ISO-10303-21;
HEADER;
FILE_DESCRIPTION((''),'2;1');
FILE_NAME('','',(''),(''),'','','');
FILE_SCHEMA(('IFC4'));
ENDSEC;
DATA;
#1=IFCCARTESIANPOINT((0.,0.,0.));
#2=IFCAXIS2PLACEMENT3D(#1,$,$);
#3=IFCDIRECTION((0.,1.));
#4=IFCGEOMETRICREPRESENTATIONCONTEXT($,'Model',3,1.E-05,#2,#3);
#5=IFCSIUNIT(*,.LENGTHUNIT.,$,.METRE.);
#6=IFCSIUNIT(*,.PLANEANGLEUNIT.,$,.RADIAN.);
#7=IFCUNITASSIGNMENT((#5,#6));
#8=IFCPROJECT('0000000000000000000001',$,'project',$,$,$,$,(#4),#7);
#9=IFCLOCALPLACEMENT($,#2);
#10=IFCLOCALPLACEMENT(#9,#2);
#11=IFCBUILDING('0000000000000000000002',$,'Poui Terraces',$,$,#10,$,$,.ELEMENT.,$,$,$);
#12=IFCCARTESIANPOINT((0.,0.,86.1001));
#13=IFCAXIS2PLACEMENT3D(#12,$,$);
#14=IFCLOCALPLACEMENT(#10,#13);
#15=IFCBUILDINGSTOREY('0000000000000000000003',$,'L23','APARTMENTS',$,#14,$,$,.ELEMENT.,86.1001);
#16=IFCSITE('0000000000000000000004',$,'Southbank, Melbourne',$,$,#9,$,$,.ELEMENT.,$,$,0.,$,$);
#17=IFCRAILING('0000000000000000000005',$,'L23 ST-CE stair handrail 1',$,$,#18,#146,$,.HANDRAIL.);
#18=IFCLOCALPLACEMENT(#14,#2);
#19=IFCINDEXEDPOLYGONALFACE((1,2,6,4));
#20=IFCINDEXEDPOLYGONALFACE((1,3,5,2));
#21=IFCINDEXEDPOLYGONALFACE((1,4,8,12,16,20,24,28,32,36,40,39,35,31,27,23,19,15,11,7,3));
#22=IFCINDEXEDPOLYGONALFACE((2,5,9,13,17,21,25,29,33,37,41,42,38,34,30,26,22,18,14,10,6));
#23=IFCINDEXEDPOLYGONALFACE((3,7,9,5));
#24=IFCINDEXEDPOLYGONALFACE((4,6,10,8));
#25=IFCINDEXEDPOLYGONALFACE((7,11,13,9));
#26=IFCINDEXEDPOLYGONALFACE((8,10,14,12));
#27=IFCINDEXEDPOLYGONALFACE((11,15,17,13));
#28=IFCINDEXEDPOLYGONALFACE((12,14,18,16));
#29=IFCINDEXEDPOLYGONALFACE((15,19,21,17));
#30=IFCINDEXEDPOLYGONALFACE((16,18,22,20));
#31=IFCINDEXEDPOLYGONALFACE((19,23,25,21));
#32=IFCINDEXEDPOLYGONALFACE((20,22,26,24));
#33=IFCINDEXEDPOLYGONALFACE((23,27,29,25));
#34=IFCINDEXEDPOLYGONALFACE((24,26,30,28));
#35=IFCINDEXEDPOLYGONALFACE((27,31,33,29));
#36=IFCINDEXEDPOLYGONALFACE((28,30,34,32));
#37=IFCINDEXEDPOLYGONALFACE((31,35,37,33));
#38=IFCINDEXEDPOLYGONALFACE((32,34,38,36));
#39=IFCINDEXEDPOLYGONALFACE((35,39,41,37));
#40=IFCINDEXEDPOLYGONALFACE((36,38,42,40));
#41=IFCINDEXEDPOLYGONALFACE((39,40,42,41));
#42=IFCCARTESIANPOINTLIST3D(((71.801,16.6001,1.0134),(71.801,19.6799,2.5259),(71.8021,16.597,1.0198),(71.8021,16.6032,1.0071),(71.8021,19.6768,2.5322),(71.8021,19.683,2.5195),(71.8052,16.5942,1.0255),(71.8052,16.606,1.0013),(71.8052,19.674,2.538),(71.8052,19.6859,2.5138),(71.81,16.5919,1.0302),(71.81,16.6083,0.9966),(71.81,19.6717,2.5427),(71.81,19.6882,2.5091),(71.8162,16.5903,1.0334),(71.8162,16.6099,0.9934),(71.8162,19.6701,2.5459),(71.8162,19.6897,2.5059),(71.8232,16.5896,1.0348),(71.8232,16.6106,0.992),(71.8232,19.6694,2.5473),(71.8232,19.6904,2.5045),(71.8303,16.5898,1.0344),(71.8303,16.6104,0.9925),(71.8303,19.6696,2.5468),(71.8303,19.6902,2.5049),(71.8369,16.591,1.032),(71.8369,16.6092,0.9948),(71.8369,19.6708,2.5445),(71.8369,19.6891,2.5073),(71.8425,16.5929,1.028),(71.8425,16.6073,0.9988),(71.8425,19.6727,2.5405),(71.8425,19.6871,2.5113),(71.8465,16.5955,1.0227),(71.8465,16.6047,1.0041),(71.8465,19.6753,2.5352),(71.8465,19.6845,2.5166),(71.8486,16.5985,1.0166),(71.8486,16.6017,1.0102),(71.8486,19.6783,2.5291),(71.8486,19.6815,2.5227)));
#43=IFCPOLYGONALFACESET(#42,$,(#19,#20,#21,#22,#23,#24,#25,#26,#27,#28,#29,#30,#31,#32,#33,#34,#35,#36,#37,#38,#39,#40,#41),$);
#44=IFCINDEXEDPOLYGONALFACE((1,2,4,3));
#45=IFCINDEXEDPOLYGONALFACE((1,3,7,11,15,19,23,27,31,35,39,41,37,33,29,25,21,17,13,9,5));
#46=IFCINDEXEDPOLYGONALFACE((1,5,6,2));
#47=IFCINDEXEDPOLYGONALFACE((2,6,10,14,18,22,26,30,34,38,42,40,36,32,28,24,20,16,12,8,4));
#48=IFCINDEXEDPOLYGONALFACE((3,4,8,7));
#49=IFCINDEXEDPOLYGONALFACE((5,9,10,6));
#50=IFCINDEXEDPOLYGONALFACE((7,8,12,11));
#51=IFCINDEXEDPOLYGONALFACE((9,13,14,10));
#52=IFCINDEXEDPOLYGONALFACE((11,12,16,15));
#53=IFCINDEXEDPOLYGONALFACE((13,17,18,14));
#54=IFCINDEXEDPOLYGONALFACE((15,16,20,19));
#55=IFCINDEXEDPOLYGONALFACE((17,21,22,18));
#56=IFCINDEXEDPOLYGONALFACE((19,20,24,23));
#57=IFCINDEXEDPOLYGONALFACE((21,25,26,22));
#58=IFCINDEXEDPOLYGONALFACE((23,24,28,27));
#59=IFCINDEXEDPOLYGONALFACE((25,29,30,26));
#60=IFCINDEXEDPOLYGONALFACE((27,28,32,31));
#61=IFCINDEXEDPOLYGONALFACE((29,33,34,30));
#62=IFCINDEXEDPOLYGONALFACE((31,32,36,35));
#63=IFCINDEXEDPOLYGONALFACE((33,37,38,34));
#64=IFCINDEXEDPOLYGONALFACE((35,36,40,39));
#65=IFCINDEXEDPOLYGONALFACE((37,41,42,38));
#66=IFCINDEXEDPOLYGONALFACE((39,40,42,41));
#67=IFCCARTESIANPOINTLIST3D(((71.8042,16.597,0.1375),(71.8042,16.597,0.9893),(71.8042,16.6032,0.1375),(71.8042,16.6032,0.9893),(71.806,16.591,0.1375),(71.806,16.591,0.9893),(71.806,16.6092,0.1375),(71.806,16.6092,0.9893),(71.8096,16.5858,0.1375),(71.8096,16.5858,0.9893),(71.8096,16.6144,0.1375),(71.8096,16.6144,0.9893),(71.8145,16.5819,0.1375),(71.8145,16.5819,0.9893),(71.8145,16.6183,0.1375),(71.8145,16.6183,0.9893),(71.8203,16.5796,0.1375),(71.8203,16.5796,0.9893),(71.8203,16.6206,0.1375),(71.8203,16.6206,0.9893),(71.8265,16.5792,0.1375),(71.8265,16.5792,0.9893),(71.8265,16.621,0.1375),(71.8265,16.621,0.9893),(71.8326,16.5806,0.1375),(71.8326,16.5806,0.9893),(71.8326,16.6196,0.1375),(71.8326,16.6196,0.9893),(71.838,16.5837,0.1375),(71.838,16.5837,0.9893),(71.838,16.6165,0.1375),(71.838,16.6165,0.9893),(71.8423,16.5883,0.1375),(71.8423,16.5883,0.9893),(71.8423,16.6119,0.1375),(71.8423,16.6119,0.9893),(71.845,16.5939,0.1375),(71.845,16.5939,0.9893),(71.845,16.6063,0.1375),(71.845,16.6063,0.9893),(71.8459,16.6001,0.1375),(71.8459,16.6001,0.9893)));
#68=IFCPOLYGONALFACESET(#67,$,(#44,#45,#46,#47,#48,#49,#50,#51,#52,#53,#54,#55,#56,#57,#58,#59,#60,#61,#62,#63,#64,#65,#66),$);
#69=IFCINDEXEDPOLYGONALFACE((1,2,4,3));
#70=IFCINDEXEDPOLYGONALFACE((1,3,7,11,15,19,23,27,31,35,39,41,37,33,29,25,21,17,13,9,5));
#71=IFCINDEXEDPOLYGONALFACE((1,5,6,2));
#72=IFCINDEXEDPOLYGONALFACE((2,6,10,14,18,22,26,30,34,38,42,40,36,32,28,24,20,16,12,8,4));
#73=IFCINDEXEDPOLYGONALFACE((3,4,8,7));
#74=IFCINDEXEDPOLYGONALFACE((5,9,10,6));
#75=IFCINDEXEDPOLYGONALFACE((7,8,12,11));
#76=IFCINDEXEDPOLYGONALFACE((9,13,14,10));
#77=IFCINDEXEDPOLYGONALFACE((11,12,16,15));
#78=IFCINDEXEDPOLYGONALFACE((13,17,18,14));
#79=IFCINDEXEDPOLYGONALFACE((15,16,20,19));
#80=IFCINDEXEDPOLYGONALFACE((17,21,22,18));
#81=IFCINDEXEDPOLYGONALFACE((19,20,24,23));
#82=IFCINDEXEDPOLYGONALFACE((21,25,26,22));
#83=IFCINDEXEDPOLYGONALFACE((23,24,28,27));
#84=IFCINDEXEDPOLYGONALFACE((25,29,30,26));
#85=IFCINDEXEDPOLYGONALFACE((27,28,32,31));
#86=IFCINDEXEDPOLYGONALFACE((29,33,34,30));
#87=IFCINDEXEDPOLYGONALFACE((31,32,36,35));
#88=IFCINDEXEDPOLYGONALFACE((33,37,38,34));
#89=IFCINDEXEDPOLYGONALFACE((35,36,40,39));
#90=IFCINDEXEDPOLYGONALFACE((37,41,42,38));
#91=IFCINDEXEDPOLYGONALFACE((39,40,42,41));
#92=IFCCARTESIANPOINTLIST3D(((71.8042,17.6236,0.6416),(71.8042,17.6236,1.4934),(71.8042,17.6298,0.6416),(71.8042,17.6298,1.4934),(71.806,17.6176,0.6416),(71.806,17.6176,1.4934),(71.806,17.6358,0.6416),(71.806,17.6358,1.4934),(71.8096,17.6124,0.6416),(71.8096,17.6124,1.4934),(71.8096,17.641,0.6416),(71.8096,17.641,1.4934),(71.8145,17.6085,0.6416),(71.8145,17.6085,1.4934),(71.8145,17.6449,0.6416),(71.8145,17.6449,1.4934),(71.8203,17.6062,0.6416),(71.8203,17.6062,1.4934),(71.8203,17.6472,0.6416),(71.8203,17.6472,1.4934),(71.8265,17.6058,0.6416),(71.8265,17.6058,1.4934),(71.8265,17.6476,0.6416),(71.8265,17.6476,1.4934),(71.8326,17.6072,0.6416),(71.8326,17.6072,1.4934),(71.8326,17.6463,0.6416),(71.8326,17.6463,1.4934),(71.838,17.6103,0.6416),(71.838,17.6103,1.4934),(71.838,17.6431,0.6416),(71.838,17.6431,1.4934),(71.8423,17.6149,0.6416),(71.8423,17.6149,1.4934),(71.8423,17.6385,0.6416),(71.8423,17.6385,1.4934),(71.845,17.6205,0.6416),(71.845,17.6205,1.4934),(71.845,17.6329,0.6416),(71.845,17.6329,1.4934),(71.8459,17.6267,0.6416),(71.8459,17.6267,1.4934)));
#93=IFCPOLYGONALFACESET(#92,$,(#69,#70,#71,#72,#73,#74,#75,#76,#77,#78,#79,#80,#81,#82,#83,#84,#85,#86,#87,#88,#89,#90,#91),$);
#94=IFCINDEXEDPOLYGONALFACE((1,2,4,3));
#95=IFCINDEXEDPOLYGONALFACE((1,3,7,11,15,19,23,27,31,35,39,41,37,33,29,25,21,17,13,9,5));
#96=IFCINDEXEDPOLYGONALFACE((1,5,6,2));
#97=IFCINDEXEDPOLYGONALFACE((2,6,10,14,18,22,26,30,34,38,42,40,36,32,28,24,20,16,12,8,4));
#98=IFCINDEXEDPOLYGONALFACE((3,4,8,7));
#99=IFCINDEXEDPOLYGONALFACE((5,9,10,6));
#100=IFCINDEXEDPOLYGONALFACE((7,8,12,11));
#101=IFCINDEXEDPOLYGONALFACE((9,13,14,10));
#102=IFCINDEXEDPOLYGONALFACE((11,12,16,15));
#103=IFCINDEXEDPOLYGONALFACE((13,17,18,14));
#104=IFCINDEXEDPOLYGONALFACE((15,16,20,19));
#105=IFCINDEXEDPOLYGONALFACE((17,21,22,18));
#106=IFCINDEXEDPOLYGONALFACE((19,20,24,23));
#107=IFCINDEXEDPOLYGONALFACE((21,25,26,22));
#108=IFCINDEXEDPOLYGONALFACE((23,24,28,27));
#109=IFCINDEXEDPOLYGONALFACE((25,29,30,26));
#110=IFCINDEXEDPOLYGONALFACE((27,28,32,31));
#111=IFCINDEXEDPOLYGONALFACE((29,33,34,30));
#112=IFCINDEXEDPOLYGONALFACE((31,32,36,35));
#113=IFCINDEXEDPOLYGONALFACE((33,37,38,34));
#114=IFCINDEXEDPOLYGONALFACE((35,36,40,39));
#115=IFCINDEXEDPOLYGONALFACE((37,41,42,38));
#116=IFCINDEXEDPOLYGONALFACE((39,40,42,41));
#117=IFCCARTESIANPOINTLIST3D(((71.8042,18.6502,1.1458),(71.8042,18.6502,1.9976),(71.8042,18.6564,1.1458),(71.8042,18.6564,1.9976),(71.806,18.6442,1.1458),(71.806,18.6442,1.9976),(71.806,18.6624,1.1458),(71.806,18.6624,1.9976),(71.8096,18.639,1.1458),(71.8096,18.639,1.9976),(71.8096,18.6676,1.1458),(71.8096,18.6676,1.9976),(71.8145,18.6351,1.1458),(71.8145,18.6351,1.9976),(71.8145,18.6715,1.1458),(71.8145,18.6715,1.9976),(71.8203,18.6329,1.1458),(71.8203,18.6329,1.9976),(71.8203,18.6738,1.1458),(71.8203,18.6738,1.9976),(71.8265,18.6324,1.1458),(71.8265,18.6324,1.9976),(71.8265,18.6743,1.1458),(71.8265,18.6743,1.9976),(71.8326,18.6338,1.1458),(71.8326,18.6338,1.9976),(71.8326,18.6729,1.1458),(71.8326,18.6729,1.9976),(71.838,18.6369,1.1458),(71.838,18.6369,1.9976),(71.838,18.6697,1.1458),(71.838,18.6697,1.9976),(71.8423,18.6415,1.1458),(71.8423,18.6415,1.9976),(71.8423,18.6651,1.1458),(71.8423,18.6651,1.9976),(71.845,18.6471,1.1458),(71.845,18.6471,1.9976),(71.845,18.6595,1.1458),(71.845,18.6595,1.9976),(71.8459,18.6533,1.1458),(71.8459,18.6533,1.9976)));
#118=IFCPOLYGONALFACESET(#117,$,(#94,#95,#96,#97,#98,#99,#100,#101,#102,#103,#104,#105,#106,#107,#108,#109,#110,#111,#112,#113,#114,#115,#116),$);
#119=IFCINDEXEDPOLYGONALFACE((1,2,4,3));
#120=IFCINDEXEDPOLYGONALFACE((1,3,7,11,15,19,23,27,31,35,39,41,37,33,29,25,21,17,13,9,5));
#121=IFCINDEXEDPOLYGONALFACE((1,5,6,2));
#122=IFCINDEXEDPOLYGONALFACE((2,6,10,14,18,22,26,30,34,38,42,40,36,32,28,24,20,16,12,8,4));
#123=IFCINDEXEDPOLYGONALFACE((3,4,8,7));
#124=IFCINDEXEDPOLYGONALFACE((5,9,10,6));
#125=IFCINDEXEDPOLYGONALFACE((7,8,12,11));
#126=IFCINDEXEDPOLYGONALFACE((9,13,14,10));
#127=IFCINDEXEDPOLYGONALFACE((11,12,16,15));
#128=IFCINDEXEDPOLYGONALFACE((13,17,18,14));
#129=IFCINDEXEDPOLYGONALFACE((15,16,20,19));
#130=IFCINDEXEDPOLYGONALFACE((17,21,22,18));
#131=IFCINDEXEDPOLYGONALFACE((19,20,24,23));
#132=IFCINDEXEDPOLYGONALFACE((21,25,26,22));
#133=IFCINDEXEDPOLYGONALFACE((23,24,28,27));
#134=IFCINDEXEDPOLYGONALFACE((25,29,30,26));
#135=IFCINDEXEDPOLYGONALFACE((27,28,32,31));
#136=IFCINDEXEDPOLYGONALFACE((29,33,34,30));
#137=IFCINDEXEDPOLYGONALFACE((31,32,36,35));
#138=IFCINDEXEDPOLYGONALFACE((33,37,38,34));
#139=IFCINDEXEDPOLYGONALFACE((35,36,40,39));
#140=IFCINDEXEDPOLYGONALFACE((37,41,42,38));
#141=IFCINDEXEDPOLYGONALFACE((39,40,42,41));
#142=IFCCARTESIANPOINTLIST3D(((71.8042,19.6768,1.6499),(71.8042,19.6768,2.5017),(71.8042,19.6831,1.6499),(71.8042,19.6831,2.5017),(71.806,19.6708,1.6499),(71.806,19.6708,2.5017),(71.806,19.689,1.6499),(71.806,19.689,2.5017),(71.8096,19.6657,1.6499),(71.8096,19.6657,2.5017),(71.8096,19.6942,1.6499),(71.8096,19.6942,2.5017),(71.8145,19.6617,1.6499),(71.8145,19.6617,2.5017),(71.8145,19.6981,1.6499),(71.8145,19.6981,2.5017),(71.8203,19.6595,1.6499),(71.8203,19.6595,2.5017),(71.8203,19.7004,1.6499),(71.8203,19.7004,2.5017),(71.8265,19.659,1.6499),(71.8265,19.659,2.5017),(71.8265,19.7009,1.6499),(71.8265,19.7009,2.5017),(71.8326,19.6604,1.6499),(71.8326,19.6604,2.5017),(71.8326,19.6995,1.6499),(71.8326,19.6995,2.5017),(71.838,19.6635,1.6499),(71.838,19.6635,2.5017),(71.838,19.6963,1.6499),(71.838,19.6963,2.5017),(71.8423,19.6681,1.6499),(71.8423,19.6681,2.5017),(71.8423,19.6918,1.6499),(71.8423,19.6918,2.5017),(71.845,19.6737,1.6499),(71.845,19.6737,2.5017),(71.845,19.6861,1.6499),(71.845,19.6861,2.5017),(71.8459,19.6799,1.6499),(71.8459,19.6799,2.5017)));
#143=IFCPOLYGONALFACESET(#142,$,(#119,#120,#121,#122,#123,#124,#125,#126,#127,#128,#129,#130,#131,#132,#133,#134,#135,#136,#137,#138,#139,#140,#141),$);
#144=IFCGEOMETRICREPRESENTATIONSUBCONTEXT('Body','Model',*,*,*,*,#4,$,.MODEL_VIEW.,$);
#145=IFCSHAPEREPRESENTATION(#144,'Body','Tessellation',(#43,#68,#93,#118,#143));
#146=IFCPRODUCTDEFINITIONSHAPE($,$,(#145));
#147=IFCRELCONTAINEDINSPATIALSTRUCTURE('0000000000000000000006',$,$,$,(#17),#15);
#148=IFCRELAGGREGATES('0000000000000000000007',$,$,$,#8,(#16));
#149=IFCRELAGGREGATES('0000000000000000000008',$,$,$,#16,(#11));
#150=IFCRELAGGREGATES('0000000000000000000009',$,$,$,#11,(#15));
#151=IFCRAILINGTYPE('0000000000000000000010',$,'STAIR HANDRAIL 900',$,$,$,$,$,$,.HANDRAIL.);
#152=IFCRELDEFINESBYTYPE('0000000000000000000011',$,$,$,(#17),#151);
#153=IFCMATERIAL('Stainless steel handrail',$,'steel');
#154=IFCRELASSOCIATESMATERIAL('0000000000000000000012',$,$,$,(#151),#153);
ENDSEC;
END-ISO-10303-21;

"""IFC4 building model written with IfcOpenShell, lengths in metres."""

from ifc_helpers import new_model, si_unit, direction, frame, origin, origin_2d, place, context, subcontext, project, spatial, circle, extrude, material, type_object, element, save


model = new_model("IFC4")

# Units and contexts
model_context = context("Model", 3, precision=1e-05, world=origin(), true_north=direction((0.0, 1.0)))
body_context = subcontext(model_context, "Body", "Model", "MODEL_VIEW")
ifc_project = project(units=[si_unit("LENGTHUNIT", "METRE"), si_unit("PLANEANGLEUNIT", "RADIAN")], contexts=[model_context])

# Site, building, storey
site_placement = place(None, origin())
site = spatial("IfcSite", under=ifc_project, at=site_placement, Name="Southbank, Melbourne", CompositionType="ELEMENT", RefElevation=0.0)
building_placement = place(site_placement, origin())
building = spatial("IfcBuilding", under=site, at=building_placement, Name="Poui Terraces", CompositionType="ELEMENT")
storey_placement = place(building_placement, frame((0.0, 0.0, 86.1001)))
storey = spatial("IfcBuildingStorey", under=building, at=storey_placement, Name="L23", Description="APARTMENTS", CompositionType="ELEMENT", Elevation=86.1001)

# Railing
ifc_material_1 = material(Name="Stainless steel handrail", Category="steel")
railing_type_1 = type_object("IfcRailingType", Name="STAIR HANDRAIL 900", PredefinedType="HANDRAIL", material=ifc_material_1)
railing_1_placement = place(storey_placement, frame((71.825, 16.6001, 0.1375)))
element("IfcRailing", 1, at=railing_1_placement, inside=storey, type_object=railing_type_1, Name="L23 ST-CE stair handrail 1", PredefinedType="HANDRAIL", context=body_context, shape_type="SweptSolid", body=[
    extrude(circle(Radius=0.0239, at=origin_2d()), frame((0.0, 0.0, 0.876), z_axis=(0.0, 0.897606, 0.440798), x_axis=(-1.0, 0.0, 0.0)), (0.0, 0.0, 1.0), 3.4312),
    extrude(circle(Radius=0.021, at=origin_2d()), origin(), (0.0, 0.0, 1.0), 0.8518),
    extrude(circle(Radius=0.021, at=origin_2d()), frame((0.0, 1.0266, 0.5042)), (0.0, 0.0, 1.0), 0.8518),
    extrude(circle(Radius=0.021, at=origin_2d()), frame((0.0, 2.0532, 1.0083)), (0.0, 0.0, 1.0), 0.8518),
    extrude(circle(Radius=0.021, at=origin_2d()), frame((0.0, 3.0798, 1.5125)), (0.0, 0.0, 1.0), 0.8518),
])

save(model, "model.ifc")
